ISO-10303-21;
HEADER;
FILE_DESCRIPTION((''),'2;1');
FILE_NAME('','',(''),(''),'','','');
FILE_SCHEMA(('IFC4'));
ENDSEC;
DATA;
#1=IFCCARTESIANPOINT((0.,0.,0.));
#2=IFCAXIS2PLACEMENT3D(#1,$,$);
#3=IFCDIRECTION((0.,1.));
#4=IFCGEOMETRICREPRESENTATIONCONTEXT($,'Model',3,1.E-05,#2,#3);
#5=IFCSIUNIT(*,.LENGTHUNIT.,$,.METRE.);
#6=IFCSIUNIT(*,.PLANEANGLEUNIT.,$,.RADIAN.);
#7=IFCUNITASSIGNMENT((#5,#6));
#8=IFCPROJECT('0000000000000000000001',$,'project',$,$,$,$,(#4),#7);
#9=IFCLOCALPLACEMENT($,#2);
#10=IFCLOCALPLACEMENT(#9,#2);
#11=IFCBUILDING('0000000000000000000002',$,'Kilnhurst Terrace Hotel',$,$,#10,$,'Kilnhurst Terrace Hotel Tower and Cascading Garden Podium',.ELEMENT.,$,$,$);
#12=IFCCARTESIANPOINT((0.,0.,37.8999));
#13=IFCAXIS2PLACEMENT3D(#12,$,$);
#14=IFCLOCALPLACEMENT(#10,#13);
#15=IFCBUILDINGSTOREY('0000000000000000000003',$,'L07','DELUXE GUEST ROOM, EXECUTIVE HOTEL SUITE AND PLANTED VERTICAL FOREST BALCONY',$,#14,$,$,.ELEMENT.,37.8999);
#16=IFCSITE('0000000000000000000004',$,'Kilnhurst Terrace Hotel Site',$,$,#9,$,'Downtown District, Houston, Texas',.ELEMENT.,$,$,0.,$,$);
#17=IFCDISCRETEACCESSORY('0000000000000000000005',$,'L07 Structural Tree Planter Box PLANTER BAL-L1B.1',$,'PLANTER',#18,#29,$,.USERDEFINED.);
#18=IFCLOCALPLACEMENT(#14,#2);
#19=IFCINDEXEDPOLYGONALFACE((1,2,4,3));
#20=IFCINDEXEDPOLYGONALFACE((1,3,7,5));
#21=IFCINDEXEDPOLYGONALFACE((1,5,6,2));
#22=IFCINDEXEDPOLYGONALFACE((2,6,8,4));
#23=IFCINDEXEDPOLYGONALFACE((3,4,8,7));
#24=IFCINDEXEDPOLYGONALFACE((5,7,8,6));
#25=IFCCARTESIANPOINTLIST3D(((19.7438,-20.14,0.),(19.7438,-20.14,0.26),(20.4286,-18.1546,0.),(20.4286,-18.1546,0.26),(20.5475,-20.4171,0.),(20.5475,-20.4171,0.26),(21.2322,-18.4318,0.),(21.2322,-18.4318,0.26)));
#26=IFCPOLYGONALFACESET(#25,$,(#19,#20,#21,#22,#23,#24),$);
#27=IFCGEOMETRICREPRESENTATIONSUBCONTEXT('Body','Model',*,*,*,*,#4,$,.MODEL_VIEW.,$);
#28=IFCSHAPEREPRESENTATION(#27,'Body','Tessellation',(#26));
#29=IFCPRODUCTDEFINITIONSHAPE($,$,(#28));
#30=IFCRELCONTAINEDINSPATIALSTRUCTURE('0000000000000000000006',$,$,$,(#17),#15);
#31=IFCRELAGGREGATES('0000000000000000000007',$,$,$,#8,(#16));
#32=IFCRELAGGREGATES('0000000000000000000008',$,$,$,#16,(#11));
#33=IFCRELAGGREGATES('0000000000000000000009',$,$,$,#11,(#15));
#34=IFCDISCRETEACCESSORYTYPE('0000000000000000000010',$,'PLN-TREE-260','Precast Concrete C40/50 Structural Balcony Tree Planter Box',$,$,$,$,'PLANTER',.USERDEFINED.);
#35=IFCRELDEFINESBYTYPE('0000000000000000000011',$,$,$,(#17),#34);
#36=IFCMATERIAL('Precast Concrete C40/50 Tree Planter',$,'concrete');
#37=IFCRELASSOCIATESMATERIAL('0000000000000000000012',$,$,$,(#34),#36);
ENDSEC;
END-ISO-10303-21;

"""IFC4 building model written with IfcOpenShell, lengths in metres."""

from ifc_helpers import new_model, si_unit, direction, frame, origin, origin_2d, place, context, subcontext, project, spatial, rectangle, extrude, material, type_object, element, save


model = new_model("IFC4")

# Units and contexts
model_context = context("Model", 3, precision=1e-05, world=origin(), true_north=direction((0.0, 1.0)))
body_context = subcontext(model_context, "Body", "Model", "MODEL_VIEW")
ifc_project = project(units=[si_unit("LENGTHUNIT", "METRE"), si_unit("PLANEANGLEUNIT", "RADIAN")], contexts=[model_context])

# Site, building, storey
site_placement = place(None, origin())
site = spatial("IfcSite", under=ifc_project, at=site_placement, Name="Kilnhurst Terrace Hotel Site", LongName="Downtown District, Houston, Texas", CompositionType="ELEMENT", RefElevation=0.0)
building_placement = place(site_placement, origin())
building = spatial("IfcBuilding", under=site, at=building_placement, Name="Kilnhurst Terrace Hotel", LongName="Kilnhurst Terrace Hotel Tower and Cascading Garden Podium", CompositionType="ELEMENT")
storey_placement = place(building_placement, frame((0.0, 0.0, 37.8999)))
storey = spatial("IfcBuildingStorey", under=building, at=storey_placement, Name="L07", Description="DELUXE GUEST ROOM, EXECUTIVE HOTEL SUITE AND PLANTED VERTICAL FOREST BALCONY", CompositionType="ELEMENT", Elevation=37.8999)

# Discrete accessory
ifc_material_1 = material(Name="Precast Concrete C40/50 Tree Planter", Category="concrete")
discrete_accessory_type_1 = type_object("IfcDiscreteAccessoryType", Name="PLN-TREE-260", Description="Precast Concrete C40/50 Structural Balcony Tree Planter Box", ElementType="PLANTER", PredefinedType="USERDEFINED", material=ifc_material_1)
discrete_accessory_1_placement = place(storey_placement, frame((20.488, -19.2859, 0.0), z_axis=(0.0, 0.0, 1.0), x_axis=(0.326063, 0.945348, 0.0)))
element("IfcDiscreteAccessory", 1, at=discrete_accessory_1_placement, inside=storey, type_object=discrete_accessory_type_1, Name="L07 Structural Tree Planter Box PLANTER BAL-L1B.1", ObjectType="PLANTER", PredefinedType="USERDEFINED", context=body_context, shape_type="SweptSolid", body=[
    extrude(rectangle(XDim=2.1001, YDim=0.8501, at=origin_2d()), origin(), (0.0, 0.0, 1.0), 0.26),
])

save(model, "model.ifc")
